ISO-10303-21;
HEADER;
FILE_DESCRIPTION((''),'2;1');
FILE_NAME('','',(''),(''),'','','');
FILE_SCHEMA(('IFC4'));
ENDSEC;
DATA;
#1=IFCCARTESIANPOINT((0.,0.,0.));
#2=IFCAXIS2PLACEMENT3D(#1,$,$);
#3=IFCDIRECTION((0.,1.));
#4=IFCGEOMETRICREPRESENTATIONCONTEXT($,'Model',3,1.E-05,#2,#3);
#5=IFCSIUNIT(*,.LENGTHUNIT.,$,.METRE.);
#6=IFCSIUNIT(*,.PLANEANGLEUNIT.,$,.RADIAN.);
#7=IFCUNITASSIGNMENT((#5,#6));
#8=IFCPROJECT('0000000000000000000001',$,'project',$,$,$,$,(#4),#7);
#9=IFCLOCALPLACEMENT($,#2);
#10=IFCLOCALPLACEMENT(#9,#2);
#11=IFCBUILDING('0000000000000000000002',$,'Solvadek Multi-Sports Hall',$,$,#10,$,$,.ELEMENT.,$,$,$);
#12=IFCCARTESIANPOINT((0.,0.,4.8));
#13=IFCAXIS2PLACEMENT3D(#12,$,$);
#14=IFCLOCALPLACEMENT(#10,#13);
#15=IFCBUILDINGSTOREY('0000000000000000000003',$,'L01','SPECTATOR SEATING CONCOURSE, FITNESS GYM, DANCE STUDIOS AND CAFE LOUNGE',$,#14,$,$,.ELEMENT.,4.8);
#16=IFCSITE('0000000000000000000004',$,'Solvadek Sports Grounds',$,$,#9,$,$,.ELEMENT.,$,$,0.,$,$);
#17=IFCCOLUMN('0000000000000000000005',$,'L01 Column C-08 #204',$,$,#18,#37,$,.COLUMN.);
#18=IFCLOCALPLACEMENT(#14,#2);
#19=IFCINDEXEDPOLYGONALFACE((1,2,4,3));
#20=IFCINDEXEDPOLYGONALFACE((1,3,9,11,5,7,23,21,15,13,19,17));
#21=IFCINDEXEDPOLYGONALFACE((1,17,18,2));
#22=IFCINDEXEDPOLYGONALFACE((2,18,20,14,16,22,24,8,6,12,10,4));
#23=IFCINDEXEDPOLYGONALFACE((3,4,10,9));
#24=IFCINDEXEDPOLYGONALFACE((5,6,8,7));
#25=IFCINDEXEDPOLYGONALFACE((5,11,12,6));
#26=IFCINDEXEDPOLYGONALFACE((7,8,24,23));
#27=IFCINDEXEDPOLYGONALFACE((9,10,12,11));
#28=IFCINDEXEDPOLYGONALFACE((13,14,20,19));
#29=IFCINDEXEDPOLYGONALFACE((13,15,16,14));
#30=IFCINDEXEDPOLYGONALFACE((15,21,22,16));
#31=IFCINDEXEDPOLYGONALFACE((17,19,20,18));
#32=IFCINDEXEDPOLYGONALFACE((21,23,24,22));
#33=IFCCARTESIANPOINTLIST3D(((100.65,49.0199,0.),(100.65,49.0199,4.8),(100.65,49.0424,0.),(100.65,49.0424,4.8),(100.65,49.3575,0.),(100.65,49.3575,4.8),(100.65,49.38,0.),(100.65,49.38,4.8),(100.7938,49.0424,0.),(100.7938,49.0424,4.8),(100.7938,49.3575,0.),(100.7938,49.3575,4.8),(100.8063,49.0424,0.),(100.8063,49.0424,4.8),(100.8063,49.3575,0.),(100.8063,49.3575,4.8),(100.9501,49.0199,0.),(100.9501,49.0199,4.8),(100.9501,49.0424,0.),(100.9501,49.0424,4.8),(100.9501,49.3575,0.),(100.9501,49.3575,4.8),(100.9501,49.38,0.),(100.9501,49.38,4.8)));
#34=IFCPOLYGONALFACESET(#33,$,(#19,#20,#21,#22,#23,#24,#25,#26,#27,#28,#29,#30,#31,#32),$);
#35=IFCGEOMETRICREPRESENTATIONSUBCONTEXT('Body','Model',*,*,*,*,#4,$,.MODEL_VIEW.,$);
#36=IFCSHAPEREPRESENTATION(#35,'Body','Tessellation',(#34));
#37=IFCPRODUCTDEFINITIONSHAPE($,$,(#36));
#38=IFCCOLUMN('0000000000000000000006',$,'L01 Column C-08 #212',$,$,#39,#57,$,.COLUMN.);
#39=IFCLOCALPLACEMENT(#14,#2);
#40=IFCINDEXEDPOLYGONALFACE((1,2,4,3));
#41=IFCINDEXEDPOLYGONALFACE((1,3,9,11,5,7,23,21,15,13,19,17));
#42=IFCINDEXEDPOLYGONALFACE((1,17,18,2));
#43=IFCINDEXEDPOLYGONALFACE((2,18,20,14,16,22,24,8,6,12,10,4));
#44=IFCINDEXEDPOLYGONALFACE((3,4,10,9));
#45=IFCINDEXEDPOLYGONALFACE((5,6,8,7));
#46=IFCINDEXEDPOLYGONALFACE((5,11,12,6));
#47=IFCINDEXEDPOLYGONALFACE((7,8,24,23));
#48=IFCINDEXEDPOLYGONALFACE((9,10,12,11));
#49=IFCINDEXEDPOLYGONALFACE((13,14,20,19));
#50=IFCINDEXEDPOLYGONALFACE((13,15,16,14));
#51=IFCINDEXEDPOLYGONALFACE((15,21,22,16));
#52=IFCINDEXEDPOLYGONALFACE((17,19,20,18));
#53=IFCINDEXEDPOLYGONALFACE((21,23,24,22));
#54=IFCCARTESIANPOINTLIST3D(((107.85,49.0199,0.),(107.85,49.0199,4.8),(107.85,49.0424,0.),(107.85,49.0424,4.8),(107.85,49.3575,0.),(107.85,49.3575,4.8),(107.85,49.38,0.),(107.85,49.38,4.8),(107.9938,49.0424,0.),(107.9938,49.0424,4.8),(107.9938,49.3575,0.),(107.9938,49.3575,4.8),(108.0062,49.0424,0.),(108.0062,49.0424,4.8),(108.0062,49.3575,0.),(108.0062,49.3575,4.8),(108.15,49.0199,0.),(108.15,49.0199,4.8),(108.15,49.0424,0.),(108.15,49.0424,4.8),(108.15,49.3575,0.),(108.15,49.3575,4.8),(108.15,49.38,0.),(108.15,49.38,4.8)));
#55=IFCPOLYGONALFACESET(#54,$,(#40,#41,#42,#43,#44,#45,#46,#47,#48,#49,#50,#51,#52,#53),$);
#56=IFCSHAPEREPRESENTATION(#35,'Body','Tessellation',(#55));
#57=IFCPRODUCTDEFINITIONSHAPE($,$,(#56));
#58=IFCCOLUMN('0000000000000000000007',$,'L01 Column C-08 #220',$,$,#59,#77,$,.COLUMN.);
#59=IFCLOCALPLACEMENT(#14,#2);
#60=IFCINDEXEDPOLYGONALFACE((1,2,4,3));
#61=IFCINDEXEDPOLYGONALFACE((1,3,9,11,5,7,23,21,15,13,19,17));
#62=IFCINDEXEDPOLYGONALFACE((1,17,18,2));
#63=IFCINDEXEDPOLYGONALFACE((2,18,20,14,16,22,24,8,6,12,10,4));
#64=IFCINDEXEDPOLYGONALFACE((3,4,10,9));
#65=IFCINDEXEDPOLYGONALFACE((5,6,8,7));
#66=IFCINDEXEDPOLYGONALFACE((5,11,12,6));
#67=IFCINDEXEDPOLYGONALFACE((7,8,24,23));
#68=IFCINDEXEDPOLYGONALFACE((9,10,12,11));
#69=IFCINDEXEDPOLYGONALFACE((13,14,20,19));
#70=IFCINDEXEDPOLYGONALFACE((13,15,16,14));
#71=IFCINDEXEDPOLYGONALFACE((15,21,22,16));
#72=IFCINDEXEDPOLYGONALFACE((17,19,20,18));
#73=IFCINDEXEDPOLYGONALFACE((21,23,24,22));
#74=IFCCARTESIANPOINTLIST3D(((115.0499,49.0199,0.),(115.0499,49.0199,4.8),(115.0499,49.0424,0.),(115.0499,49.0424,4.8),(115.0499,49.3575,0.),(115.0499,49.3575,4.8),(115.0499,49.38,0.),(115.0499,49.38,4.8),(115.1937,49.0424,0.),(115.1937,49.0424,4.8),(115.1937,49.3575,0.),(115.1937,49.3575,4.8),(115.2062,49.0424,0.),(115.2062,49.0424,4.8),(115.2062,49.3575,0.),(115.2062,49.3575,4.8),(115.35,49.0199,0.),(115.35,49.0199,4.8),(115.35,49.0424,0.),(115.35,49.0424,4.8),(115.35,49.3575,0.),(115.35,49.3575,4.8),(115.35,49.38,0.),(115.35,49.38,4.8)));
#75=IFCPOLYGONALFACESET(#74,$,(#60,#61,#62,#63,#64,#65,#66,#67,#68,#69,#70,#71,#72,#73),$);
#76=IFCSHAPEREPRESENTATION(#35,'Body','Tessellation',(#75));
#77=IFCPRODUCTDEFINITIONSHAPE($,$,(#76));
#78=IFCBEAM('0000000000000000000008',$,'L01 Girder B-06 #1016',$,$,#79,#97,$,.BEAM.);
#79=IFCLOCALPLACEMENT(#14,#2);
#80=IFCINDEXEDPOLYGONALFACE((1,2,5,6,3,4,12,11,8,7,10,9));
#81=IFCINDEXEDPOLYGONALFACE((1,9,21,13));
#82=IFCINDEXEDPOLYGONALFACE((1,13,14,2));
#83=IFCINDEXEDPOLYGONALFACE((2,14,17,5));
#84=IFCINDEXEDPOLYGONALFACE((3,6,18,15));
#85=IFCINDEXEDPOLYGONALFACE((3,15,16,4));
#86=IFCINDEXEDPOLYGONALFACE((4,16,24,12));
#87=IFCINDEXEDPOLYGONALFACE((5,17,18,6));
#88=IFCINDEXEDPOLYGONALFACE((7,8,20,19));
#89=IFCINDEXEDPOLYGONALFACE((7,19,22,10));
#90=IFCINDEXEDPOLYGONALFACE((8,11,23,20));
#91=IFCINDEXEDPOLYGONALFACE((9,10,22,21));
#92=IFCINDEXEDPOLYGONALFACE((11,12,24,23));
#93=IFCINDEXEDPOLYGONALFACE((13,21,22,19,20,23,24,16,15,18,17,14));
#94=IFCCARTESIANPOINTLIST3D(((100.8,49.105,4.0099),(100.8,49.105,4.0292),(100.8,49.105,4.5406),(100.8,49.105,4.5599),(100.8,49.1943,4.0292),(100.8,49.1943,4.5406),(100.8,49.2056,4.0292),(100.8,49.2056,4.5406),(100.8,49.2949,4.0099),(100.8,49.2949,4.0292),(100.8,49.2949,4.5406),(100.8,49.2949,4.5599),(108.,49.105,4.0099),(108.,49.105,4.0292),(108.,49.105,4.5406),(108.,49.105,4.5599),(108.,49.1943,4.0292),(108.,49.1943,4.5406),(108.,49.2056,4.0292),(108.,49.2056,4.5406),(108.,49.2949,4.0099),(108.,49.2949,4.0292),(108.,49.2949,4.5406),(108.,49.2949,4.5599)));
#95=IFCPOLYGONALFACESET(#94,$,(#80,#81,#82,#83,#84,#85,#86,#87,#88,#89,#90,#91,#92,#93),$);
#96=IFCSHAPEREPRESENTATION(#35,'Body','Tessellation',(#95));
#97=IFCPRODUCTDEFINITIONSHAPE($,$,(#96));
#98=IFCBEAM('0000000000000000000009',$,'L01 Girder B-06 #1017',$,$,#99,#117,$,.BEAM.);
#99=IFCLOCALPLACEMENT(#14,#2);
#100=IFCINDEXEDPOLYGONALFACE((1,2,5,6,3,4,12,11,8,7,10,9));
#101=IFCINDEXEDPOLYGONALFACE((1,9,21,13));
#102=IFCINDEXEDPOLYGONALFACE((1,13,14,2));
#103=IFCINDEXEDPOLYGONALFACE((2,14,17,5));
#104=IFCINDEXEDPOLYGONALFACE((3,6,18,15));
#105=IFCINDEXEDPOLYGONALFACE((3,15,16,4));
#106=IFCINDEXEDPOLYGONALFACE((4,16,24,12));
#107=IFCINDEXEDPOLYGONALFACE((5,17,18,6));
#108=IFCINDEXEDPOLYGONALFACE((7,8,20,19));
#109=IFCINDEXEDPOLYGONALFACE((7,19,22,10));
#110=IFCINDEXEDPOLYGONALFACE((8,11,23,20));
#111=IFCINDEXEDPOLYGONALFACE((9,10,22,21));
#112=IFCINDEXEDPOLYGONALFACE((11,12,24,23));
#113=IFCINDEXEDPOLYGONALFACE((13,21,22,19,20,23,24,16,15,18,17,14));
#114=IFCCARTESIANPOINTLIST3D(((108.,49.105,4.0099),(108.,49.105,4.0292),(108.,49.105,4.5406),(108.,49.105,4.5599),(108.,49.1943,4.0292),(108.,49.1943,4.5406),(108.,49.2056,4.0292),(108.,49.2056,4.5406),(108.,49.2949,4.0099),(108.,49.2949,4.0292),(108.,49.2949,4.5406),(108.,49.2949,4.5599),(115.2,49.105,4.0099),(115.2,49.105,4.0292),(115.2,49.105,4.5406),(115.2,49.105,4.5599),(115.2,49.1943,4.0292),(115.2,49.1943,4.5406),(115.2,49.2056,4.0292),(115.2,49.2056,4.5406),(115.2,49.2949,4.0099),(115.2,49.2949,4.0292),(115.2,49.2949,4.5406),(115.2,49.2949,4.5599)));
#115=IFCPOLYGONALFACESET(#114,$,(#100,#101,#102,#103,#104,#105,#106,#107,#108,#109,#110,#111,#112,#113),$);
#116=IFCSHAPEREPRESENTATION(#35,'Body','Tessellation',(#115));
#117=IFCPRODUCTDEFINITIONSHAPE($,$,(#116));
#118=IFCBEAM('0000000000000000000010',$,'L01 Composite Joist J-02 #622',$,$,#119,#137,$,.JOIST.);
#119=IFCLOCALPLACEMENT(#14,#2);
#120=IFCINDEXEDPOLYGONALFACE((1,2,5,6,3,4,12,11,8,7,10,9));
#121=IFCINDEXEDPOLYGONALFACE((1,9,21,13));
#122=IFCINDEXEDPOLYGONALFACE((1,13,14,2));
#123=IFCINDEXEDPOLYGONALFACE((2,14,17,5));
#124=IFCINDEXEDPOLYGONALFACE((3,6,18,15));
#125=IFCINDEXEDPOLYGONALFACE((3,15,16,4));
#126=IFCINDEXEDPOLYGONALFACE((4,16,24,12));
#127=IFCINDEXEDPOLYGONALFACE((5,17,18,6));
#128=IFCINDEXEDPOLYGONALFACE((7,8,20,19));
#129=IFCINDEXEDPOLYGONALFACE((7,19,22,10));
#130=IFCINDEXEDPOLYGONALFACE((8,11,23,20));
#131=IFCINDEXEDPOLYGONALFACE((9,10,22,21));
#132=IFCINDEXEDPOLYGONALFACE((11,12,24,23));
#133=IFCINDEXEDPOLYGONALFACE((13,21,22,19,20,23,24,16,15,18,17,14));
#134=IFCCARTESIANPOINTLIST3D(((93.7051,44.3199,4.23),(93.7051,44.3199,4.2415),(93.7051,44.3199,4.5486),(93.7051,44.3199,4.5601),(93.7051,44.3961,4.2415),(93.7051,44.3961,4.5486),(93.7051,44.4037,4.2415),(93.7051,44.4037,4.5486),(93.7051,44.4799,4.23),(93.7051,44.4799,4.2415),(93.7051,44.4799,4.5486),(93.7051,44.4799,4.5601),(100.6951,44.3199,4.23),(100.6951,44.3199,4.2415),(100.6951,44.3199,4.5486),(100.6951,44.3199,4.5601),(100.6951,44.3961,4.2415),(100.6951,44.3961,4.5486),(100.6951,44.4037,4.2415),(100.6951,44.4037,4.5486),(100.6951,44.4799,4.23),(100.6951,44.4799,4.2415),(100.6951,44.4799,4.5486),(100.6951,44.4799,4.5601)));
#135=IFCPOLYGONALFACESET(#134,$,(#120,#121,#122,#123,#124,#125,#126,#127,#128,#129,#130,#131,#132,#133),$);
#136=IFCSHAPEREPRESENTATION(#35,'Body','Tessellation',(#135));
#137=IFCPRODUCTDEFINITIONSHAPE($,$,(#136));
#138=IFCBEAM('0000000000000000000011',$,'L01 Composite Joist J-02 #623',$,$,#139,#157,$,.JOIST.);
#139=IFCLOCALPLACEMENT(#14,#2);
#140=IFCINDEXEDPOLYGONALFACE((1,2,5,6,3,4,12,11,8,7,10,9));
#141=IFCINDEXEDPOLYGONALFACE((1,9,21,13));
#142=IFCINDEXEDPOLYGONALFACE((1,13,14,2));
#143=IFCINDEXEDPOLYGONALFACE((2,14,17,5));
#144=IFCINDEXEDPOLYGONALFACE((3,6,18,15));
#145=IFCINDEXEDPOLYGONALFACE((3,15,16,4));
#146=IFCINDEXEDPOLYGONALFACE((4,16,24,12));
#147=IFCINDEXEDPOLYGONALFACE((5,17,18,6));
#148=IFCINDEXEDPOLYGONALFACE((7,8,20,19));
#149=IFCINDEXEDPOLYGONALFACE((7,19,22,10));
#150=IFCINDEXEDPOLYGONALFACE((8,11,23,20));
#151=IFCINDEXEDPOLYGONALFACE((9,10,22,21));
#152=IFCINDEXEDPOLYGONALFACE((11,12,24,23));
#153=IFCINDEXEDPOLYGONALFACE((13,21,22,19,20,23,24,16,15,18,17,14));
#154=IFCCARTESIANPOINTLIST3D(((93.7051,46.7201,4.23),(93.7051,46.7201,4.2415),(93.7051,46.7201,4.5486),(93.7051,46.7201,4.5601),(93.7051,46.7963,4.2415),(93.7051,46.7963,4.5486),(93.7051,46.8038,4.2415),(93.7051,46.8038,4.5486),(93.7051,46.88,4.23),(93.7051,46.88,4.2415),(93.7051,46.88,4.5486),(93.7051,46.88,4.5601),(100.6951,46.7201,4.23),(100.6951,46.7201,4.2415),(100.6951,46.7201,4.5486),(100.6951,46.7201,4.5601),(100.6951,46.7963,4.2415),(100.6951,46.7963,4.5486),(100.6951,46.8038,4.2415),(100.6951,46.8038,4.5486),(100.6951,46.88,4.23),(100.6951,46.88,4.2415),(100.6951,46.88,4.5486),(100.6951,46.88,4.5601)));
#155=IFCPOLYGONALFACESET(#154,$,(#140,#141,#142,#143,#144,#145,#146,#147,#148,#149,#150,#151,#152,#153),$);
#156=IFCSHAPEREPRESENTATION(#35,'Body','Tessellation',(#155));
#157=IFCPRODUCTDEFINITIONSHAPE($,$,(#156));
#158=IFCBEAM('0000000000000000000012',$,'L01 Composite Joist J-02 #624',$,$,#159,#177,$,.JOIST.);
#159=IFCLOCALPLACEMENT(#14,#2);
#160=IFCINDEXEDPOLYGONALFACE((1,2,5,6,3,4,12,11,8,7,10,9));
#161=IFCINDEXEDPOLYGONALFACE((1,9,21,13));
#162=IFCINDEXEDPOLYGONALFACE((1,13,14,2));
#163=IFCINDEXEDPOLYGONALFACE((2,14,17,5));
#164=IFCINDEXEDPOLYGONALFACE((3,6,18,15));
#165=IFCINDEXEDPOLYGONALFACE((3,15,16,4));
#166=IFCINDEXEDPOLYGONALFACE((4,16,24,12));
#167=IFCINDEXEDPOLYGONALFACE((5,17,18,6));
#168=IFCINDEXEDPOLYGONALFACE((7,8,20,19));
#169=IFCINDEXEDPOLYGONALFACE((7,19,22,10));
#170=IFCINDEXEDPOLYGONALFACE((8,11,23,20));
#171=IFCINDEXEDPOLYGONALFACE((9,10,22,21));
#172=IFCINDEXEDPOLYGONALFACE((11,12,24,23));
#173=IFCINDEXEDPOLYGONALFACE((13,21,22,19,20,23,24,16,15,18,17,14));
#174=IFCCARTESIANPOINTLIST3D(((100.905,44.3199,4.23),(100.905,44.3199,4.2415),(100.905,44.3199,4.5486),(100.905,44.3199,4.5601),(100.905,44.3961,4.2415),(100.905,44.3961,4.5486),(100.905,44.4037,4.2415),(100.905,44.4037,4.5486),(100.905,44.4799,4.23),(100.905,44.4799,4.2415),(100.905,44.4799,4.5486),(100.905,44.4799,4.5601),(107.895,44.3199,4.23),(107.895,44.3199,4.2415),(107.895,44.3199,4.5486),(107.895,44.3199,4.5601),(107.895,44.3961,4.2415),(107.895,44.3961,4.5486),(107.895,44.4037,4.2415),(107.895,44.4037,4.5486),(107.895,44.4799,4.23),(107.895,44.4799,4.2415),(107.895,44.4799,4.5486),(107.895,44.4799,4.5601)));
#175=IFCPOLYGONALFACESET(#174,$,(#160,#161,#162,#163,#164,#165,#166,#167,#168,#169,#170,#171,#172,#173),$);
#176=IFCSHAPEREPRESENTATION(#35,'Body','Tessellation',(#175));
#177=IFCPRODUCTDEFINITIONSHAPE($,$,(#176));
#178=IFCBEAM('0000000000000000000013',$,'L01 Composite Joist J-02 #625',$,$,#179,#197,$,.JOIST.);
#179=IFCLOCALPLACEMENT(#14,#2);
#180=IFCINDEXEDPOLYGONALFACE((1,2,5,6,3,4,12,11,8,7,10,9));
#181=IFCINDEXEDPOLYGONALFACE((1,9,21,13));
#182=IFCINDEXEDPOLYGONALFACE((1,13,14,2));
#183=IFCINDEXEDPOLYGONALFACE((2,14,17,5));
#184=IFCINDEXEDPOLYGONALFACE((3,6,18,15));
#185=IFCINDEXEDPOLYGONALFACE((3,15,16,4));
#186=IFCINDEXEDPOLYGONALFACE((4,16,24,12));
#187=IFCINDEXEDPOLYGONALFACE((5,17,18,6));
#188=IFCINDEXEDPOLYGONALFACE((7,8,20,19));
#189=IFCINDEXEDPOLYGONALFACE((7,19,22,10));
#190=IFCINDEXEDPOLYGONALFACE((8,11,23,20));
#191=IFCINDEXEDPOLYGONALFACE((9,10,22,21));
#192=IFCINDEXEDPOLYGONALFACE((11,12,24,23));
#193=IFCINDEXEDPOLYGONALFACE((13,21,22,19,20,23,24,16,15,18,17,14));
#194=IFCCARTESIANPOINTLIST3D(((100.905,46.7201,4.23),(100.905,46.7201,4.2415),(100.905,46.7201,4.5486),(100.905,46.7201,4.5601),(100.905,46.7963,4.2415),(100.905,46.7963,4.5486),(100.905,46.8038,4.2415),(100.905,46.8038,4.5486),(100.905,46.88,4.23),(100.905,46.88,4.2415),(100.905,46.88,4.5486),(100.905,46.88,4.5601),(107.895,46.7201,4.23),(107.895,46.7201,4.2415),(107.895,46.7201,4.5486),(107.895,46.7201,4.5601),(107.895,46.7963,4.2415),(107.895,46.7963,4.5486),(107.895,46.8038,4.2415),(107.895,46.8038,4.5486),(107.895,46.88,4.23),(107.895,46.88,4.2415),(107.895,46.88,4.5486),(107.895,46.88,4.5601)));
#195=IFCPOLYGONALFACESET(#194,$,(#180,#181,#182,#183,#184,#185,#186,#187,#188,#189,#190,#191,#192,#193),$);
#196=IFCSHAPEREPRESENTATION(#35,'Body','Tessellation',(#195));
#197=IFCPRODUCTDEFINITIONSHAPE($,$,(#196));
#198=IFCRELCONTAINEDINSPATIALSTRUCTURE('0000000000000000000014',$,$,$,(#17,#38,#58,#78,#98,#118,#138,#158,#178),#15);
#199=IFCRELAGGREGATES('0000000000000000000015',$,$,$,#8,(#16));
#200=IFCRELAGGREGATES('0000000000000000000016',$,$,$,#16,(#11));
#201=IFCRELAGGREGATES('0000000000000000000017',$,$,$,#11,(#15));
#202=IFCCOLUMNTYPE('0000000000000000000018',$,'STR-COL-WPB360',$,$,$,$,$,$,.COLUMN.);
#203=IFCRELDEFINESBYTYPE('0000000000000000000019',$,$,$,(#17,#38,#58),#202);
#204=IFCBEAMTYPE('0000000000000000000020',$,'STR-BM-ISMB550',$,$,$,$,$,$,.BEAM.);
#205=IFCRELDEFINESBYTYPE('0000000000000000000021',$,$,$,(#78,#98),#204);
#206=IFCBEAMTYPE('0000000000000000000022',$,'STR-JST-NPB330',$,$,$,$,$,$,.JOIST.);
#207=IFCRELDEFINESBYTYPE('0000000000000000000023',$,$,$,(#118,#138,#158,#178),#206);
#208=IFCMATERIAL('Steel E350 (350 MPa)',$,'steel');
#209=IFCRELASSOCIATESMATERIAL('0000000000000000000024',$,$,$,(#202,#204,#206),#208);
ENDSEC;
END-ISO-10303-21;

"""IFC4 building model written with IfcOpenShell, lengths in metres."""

from ifc_helpers import new_model, si_unit, direction, frame, origin, origin_2d, place, context, subcontext, project, spatial, i_section, extrude, material, material_profile, profile_set, type_object, element, save


model = new_model("IFC4")

# Units and contexts
model_context = context("Model", 3, precision=1e-05, world=origin(), true_north=direction((0.0, 1.0)))
body_context = subcontext(model_context, "Body", "Model", "MODEL_VIEW")
ifc_project = project(units=[si_unit("LENGTHUNIT", "METRE"), si_unit("PLANEANGLEUNIT", "RADIAN")], contexts=[model_context])

# Site, building, storey
site_placement = place(None, origin())
site = spatial("IfcSite", under=ifc_project, at=site_placement, Name="Solvadek Sports Grounds", CompositionType="ELEMENT", RefElevation=0.0)
building_placement = place(site_placement, origin())
building = spatial("IfcBuilding", under=site, at=building_placement, Name="Solvadek Multi-Sports Hall", CompositionType="ELEMENT")
storey_placement = place(building_placement, frame((0.0, 0.0, 4.8)))
storey = spatial("IfcBuildingStorey", under=building, at=storey_placement, Name="L01", Description="SPECTATOR SEATING CONCOURSE, FITNESS GYM, DANCE STUDIOS AND CAFE LOUNGE", CompositionType="ELEMENT", Elevation=4.8)

# Columns
ifc_material_1 = material(Name="Steel E350 (350 MPa)", Category="steel")
ifc_material_profile_1 = material_profile(ifc_material_1, i_section(OverallWidth=0.3, OverallDepth=0.3601, WebThickness=0.0125, FlangeThickness=0.0225, at=origin_2d()), Name="WPB 360")
ifc_profile_set_1 = profile_set([ifc_material_profile_1], Name="Steel E350 (350 MPa)")
column_type = type_object("IfcColumnType", Name="STR-COL-WPB360", PredefinedType="COLUMN", material=ifc_profile_set_1)
for number, where, z_axis, x_axis, name in (
    (1, (100.8, 49.2, 0.0), (0.0, 0.0, 1.0), (1.0, 0.0, 0.0), "L01 Column C-08 #204"),
    (2, (108.0, 49.2, 0.0), (0.0, 0.0, 1.0), (1.0, 0.0, 0.0), "L01 Column C-08 #212"),
    (3, (115.2, 49.2, 0.0), (0.0, 0.0, 1.0), (1.0, 0.0, 0.0), "L01 Column C-08 #220"),
):
    element("IfcColumn", number, at=place(storey_placement, frame(where, z_axis=z_axis, x_axis=x_axis)), inside=storey, type_object=column_type, Name=name, PredefinedType="COLUMN", context=body_context, shape_type="SweptSolid", body=[
        extrude(i_section(OverallWidth=0.3, OverallDepth=0.3601, WebThickness=0.0125, FlangeThickness=0.0225, at=origin_2d()), origin(), (0.0, 0.0, 1.0), 4.8),
    ])

# Beams
ifc_material_profile_2 = material_profile(ifc_material_1, i_section(OverallWidth=0.1899, OverallDepth=0.55, WebThickness=0.0112, FlangeThickness=0.0193, at=origin_2d()), Name="ISMB 550")
ifc_profile_set_2 = profile_set([ifc_material_profile_2], Name="Steel E350 (350 MPa)")
beam_type_1 = type_object("IfcBeamType", Name="STR-BM-ISMB550", PredefinedType="BEAM", material=ifc_profile_set_2)
for number, where, z_axis, x_axis, name in (
    (4, (100.8, 49.2, 4.2849), (1.0, 0.0, 0.0), (0.0, 1.0, 0.0), "L01 Girder B-06 #1016"),
    (5, (108.0, 49.2, 4.2849), (1.0, 0.0, 0.0), (0.0, 1.0, 0.0), "L01 Girder B-06 #1017"),
):
    element("IfcBeam", number, at=place(storey_placement, frame(where, z_axis=z_axis, x_axis=x_axis)), inside=storey, type_object=beam_type_1, Name=name, PredefinedType="BEAM", context=body_context, shape_type="SweptSolid", body=[
        extrude(i_section(OverallWidth=0.1899, OverallDepth=0.55, WebThickness=0.0112, FlangeThickness=0.0193, at=origin_2d()), origin(), (0.0, 0.0, 1.0), 7.2),
    ])
ifc_material_profile_3 = material_profile(ifc_material_1, i_section(OverallWidth=0.1599, OverallDepth=0.3301, WebThickness=0.0076, FlangeThickness=0.0115, at=origin_2d()), Name="NPB 330")
ifc_profile_set_3 = profile_set([ifc_material_profile_3], Name="Steel E350 (350 MPa)")
beam_type_2 = type_object("IfcBeamType", Name="STR-JST-NPB330", PredefinedType="JOIST", material=ifc_profile_set_3)
for number, where, z_axis, x_axis, name in (
    (6, (93.7051, 44.3999, 4.395), (1.0, 0.0, 0.0), (0.0, 1.0, 0.0), "L01 Composite Joist J-02 #622"),
    (7, (93.7051, 46.8, 4.395), (1.0, 0.0, 0.0), (0.0, 1.0, 0.0), "L01 Composite Joist J-02 #623"),
    (8, (100.905, 44.3999, 4.395), (1.0, 0.0, 0.0), (0.0, 1.0, 0.0), "L01 Composite Joist J-02 #624"),
    (9, (100.905, 46.8, 4.395), (1.0, 0.0, 0.0), (0.0, 1.0, 0.0), "L01 Composite Joist J-02 #625"),
):
    element("IfcBeam", number, at=place(storey_placement, frame(where, z_axis=z_axis, x_axis=x_axis)), inside=storey, type_object=beam_type_2, Name=name, PredefinedType="JOIST", context=body_context, shape_type="SweptSolid", body=[
        extrude(i_section(OverallWidth=0.1599, OverallDepth=0.3301, WebThickness=0.0076, FlangeThickness=0.0115, at=origin_2d()), origin(), (0.0, 0.0, 1.0), 6.99),
    ])

save(model, "model.ifc")
